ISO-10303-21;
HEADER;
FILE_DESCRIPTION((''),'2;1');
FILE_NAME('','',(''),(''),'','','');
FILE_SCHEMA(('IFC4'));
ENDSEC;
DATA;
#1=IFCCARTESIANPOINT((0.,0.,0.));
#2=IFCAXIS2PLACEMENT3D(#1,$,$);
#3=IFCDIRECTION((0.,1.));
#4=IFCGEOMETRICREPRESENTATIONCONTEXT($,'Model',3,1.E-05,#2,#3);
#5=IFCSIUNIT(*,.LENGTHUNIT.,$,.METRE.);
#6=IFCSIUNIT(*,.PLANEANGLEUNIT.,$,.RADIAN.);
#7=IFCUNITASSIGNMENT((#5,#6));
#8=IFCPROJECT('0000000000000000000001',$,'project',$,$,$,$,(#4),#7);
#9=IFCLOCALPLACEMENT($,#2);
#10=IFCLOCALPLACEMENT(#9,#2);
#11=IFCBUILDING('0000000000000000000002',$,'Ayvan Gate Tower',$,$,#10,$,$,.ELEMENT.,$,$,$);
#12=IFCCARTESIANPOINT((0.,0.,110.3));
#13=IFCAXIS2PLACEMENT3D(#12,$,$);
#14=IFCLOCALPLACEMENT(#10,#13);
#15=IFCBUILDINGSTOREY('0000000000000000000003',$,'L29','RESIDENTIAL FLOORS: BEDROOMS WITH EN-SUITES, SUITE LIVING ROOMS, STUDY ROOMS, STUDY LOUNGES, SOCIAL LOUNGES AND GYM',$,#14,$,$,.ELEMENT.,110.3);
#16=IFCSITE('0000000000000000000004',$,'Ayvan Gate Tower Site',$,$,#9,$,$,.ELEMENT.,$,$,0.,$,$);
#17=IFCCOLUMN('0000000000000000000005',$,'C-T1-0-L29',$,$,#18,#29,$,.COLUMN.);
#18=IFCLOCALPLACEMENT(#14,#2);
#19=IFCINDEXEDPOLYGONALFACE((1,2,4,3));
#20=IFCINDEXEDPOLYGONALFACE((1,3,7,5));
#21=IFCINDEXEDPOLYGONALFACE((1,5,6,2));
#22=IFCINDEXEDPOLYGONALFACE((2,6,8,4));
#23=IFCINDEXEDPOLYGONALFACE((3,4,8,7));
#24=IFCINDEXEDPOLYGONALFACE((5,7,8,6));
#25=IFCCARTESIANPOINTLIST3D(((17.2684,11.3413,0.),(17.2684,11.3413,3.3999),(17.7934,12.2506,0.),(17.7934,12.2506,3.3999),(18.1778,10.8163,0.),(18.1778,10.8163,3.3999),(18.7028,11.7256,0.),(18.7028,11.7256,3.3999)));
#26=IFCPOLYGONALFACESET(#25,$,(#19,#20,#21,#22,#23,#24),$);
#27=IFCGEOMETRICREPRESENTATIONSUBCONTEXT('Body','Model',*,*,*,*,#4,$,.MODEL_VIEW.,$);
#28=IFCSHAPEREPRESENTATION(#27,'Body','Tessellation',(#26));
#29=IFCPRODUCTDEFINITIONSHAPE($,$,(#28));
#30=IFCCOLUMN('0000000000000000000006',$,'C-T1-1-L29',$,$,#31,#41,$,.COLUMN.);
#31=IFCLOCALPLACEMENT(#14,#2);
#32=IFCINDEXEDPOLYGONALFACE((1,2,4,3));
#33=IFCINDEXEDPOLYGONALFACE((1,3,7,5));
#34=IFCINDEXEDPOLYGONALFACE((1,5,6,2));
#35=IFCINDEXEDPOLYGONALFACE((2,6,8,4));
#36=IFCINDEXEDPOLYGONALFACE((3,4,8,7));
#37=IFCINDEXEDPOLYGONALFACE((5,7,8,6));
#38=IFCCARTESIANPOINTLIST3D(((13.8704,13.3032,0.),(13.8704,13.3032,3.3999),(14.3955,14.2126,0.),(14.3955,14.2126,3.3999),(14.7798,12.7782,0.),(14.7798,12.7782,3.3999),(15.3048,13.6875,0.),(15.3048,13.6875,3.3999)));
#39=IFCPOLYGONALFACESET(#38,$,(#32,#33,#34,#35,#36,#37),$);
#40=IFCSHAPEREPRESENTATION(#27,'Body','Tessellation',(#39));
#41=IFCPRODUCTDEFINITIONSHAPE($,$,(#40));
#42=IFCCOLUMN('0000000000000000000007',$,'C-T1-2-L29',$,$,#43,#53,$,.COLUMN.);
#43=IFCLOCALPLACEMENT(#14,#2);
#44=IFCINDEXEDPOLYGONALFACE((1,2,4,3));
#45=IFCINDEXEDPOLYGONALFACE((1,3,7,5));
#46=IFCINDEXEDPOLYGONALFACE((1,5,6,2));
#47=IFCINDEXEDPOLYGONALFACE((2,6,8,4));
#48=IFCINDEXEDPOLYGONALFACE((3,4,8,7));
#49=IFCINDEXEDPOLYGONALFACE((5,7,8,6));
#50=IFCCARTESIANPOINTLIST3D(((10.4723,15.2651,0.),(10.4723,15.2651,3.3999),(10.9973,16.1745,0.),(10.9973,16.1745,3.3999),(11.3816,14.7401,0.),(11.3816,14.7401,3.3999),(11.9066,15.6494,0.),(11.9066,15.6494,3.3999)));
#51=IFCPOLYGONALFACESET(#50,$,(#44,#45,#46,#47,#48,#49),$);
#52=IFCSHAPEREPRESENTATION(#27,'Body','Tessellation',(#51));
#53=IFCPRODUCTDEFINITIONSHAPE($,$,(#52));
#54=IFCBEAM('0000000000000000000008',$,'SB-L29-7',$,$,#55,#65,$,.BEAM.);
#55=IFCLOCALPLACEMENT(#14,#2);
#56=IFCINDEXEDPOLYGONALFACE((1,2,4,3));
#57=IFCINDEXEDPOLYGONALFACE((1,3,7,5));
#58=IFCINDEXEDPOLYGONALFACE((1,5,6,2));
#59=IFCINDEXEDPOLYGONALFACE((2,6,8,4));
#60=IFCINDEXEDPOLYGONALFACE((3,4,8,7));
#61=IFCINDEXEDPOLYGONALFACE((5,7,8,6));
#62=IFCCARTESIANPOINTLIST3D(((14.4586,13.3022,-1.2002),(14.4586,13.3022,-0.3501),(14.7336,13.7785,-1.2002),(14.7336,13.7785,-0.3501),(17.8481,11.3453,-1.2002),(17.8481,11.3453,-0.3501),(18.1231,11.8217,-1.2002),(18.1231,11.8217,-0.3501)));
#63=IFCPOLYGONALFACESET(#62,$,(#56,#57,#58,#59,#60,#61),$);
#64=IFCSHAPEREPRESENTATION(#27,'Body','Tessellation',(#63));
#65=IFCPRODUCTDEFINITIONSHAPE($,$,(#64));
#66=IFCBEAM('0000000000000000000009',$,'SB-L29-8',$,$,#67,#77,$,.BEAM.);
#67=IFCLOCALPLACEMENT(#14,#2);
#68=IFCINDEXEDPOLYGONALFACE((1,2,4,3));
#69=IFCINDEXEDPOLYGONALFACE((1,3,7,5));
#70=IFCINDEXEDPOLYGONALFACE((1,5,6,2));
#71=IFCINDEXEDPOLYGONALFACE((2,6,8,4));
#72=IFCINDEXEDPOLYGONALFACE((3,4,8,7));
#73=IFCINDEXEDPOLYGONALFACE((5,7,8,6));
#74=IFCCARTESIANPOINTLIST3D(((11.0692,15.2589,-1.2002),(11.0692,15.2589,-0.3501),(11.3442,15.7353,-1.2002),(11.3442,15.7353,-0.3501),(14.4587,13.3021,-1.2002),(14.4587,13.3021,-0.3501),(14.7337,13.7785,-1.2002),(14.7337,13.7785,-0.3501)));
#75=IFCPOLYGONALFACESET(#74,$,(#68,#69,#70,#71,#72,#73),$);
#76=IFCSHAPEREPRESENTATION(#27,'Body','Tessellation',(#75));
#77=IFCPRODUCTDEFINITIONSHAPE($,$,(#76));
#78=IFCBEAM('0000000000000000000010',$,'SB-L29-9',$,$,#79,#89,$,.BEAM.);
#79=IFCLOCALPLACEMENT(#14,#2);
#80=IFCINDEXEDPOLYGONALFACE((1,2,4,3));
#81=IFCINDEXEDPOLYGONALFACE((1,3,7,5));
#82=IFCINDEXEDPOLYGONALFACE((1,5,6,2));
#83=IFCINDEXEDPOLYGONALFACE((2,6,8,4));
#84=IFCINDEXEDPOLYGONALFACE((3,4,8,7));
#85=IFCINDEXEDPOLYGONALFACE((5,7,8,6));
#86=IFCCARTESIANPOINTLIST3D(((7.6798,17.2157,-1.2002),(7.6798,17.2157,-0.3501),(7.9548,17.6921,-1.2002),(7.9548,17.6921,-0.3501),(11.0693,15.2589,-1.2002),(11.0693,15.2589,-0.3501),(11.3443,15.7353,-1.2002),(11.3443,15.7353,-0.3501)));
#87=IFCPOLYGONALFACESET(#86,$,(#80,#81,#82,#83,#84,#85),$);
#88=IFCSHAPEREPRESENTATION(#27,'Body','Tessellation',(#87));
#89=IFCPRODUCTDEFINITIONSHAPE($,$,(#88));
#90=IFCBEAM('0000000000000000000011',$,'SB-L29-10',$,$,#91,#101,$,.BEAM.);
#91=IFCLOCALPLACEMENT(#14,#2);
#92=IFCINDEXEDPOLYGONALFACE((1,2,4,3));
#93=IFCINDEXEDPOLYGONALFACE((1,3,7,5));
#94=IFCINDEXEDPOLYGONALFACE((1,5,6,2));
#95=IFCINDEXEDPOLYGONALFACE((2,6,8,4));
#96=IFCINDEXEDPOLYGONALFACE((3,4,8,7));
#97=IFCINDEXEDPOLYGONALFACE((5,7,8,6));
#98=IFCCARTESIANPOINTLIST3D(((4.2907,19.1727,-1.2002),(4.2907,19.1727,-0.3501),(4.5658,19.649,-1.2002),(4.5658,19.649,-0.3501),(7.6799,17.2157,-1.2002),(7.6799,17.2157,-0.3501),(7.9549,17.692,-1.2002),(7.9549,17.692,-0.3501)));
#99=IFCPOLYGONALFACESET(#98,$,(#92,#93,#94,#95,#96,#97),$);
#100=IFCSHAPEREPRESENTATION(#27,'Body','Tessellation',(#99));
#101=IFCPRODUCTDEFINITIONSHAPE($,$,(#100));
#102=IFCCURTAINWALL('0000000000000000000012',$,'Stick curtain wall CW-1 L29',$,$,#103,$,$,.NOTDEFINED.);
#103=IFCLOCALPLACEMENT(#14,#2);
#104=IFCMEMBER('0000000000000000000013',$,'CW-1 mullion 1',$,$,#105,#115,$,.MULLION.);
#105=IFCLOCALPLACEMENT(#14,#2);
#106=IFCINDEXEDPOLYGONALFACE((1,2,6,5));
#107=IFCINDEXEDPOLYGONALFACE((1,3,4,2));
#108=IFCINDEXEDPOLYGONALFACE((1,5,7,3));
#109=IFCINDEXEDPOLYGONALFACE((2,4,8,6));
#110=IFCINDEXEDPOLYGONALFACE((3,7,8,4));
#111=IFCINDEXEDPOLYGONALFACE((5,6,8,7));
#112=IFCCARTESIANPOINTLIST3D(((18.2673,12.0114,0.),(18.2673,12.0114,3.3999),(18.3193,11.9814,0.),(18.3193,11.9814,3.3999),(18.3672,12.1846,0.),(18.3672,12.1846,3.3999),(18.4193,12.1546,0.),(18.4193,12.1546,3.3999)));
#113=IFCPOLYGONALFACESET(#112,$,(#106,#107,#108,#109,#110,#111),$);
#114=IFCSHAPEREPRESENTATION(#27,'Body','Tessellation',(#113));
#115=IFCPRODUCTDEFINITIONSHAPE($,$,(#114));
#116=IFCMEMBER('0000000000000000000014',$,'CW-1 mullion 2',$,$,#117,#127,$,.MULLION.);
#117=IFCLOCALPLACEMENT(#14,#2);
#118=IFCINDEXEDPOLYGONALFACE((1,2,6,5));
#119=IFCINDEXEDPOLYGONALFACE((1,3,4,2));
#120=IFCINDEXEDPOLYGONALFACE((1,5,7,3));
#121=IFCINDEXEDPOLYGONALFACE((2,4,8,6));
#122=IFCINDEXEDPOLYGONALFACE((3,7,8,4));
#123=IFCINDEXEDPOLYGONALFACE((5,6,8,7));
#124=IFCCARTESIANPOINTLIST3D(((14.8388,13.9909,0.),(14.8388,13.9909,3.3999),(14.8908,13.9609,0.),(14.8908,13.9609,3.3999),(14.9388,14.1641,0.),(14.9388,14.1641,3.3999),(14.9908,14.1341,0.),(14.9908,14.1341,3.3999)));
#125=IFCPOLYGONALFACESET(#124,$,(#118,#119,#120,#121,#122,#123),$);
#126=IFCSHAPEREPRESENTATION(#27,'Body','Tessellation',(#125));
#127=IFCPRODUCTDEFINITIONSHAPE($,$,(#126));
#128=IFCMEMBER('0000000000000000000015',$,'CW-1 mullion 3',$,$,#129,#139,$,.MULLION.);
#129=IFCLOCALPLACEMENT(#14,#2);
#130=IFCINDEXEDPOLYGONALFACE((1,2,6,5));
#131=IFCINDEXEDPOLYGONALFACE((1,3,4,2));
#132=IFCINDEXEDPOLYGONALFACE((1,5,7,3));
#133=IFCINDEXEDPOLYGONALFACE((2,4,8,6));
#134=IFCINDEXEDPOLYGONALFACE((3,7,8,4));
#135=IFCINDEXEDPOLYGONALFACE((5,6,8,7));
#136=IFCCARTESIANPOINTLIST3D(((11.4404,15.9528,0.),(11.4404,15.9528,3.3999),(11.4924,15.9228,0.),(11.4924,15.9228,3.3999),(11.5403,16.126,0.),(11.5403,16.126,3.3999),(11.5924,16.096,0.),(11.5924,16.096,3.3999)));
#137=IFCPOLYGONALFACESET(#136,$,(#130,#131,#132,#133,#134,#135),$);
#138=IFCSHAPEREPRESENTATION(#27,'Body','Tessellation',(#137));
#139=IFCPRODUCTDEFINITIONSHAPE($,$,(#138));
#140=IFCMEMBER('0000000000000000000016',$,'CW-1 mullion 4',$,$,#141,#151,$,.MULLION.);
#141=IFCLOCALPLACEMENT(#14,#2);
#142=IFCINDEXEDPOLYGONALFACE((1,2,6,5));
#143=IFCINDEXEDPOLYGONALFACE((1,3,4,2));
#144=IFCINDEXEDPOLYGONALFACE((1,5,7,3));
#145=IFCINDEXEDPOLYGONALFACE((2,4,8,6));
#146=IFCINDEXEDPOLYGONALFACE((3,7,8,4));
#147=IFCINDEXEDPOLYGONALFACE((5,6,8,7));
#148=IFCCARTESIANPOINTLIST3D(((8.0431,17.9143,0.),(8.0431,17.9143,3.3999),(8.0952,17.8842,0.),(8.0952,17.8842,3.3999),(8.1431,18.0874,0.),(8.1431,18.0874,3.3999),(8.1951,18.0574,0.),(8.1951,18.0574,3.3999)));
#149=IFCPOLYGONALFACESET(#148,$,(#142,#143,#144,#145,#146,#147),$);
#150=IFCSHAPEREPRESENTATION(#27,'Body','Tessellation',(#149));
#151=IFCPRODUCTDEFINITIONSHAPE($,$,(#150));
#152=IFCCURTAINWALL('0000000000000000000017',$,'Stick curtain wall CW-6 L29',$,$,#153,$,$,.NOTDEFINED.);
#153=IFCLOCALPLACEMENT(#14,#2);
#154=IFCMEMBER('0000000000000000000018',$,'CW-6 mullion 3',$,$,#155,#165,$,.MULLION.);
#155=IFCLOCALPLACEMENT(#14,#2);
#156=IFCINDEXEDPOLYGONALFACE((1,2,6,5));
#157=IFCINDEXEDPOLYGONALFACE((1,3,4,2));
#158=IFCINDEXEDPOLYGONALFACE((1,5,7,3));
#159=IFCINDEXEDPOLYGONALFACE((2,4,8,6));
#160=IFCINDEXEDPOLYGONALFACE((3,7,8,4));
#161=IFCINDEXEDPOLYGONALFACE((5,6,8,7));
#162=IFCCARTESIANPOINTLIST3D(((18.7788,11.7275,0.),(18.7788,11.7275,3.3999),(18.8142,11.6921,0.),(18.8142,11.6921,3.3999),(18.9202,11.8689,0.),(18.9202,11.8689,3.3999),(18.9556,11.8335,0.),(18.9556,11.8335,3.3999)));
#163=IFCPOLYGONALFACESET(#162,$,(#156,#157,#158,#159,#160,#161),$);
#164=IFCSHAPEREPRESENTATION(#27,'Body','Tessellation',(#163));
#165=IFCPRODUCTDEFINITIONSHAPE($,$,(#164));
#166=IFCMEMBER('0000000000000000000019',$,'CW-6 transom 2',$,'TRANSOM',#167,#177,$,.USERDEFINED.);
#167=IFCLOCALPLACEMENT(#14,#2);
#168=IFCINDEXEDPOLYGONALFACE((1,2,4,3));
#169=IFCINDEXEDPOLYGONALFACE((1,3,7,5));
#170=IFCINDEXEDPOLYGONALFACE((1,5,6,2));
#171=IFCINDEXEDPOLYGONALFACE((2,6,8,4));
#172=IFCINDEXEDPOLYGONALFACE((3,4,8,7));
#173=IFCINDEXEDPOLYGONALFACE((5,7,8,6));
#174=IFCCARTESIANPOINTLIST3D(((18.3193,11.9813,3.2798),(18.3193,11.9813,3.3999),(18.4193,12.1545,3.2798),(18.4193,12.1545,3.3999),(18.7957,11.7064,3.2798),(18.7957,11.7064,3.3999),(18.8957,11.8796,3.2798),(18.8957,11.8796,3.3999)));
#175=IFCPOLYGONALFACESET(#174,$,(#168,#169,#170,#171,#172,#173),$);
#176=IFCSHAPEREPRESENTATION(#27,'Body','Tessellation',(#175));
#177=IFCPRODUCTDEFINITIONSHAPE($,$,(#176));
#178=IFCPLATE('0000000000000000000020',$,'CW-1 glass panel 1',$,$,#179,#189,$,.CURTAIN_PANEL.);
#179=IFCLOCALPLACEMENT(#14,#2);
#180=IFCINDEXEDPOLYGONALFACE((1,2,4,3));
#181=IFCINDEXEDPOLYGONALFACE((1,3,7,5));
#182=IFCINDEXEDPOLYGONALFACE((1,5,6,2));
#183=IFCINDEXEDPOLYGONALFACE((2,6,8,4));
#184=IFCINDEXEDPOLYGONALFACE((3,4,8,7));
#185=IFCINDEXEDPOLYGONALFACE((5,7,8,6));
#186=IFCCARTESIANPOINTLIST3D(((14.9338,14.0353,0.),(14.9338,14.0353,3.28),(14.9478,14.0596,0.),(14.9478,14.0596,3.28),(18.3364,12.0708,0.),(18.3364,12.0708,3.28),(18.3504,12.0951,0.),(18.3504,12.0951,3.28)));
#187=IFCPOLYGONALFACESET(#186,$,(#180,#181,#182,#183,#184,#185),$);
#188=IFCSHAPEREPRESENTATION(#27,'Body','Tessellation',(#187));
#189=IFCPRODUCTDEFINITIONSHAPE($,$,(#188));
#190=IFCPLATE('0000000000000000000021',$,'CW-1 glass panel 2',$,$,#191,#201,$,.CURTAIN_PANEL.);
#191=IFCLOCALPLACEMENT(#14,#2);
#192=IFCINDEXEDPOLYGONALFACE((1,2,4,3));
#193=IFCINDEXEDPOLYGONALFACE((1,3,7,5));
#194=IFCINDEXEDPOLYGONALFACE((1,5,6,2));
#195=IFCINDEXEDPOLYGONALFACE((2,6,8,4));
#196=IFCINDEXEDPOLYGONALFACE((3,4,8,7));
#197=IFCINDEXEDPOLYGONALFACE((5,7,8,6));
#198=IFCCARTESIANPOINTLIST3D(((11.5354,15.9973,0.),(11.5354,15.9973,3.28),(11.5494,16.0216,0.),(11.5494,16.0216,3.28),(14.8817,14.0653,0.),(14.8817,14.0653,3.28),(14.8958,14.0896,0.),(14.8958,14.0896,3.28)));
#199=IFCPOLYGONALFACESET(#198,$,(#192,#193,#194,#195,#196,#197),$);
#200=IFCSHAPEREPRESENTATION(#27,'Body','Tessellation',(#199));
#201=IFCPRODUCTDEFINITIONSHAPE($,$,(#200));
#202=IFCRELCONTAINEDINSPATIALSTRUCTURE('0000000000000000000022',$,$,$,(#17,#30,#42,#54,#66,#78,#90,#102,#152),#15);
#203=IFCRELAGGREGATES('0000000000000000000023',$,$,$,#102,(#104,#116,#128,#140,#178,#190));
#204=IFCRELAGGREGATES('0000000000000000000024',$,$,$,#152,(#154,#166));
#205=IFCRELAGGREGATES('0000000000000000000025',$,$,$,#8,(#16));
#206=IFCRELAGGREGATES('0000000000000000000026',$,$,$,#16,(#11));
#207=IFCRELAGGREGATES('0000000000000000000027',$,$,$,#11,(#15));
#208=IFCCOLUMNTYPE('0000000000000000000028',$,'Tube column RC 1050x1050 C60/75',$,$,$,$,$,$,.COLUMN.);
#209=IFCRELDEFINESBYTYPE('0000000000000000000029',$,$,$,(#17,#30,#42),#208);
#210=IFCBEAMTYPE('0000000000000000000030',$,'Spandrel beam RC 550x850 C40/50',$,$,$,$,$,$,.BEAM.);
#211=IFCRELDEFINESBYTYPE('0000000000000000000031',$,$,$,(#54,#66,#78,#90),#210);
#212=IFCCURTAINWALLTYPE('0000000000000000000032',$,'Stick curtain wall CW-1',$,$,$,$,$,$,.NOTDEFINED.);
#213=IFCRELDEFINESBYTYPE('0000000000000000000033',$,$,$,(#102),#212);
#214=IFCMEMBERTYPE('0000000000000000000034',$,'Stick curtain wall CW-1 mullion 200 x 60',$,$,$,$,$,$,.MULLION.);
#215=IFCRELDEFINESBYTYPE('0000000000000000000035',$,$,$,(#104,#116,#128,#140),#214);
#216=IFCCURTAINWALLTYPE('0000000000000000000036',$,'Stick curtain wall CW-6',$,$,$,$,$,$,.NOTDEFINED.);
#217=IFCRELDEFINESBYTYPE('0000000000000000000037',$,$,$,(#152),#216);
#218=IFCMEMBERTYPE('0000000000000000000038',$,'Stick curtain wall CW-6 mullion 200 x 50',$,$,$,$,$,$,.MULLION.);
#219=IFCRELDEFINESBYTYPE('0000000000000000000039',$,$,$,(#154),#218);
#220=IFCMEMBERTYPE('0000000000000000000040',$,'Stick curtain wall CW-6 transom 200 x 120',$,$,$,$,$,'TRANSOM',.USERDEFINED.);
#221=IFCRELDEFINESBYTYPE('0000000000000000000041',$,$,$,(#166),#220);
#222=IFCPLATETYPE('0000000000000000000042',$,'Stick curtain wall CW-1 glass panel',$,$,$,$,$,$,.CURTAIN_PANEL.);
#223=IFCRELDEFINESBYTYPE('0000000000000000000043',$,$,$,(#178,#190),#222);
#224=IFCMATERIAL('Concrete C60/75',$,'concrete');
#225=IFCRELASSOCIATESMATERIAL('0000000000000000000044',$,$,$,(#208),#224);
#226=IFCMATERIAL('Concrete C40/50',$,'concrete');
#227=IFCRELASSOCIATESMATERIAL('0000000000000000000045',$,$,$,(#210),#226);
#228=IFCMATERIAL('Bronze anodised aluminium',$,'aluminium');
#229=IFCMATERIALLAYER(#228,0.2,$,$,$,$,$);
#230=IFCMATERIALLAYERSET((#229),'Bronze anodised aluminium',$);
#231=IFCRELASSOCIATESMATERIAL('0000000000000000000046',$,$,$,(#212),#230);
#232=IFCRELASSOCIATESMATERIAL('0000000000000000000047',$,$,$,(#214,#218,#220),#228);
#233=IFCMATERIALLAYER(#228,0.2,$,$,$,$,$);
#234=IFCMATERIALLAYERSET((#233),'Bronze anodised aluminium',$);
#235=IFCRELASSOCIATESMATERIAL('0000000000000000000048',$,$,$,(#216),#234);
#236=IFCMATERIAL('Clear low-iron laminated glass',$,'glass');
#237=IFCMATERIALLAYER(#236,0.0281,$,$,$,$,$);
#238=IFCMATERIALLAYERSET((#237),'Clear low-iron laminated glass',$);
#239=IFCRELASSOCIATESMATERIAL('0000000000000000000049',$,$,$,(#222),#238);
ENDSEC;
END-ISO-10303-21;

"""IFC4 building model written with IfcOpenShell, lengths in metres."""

from ifc_helpers import new_model, si_unit, direction, frame, origin, origin_2d, place, context, subcontext, project, spatial, rectangle, extrude, material, layer, layer_set, material_profile, profile_set, type_object, element, aggregate, save


model = new_model("IFC4")

# Units and contexts
model_context = context("Model", 3, precision=1e-05, world=origin(), true_north=direction((0.0, 1.0)))
body_context = subcontext(model_context, "Body", "Model", "MODEL_VIEW")
ifc_project = project(units=[si_unit("LENGTHUNIT", "METRE"), si_unit("PLANEANGLEUNIT", "RADIAN")], contexts=[model_context])

# Site, building, storey
site_placement = place(None, origin())
site = spatial("IfcSite", under=ifc_project, at=site_placement, Name="Ayvan Gate Tower Site", CompositionType="ELEMENT", RefElevation=0.0)
building_placement = place(site_placement, origin())
building = spatial("IfcBuilding", under=site, at=building_placement, Name="Ayvan Gate Tower", CompositionType="ELEMENT")
storey_placement = place(building_placement, frame((0.0, 0.0, 110.3)))
storey = spatial("IfcBuildingStorey", under=building, at=storey_placement, Name="L29", Description="RESIDENTIAL FLOORS: BEDROOMS WITH EN-SUITES, SUITE LIVING ROOMS, STUDY ROOMS, STUDY LOUNGES, SOCIAL LOUNGES AND GYM", CompositionType="ELEMENT", Elevation=110.3)

# Columns
ifc_material_1 = material(Name="Concrete C60/75", Category="concrete")
ifc_material_profile_1 = material_profile(ifc_material_1, rectangle(XDim=1.05, YDim=1.05, at=origin_2d()), Name="RC 1050x1050")
ifc_profile_set_1 = profile_set([ifc_material_profile_1], Name="Concrete C60/75")
column_type = type_object("IfcColumnType", Name="Tube column RC 1050x1050 C60/75", PredefinedType="COLUMN", material=ifc_profile_set_1)
for number, where, z_axis, x_axis, name in (
    (1, (17.9856, 11.5334, 0.0), (0.0, 0.0, 1.0), (0.5, 0.866025, 0.0), "C-T1-0-L29"),
    (2, (14.5876, 13.4954, 0.0), (0.0, 0.0, 1.0), (0.5, 0.866025, 0.0), "C-T1-1-L29"),
    (3, (11.1895, 15.4573, 0.0), (0.0, 0.0, 1.0), (0.5, 0.866025, 0.0), "C-T1-2-L29"),
):
    element("IfcColumn", number, at=place(storey_placement, frame(where, z_axis=z_axis, x_axis=x_axis)), inside=storey, type_object=column_type, Name=name, PredefinedType="COLUMN", context=body_context, shape_type="SweptSolid", body=[
        extrude(rectangle(XDim=1.05, YDim=1.05, at=origin_2d()), origin(), (0.0, 0.0, 1.0), 3.3999),
    ])

# Beams
ifc_material_2 = material(Name="Concrete C40/50", Category="concrete")
ifc_material_profile_2 = material_profile(ifc_material_2, rectangle(XDim=0.55, YDim=0.8501, at=origin_2d()), Name="RC 550x850")
ifc_profile_set_2 = profile_set([ifc_material_profile_2], Name="Concrete C40/50")
beam_type = type_object("IfcBeamType", Name="Spandrel beam RC 550x850 C40/50", PredefinedType="BEAM", material=ifc_profile_set_2)
for number, where, z_axis, x_axis, name in (
    (4, (17.9856, 11.5835, -0.7751), (-0.866035, 0.499983, 0.0), (-0.499983, -0.866035, 0.0), "SB-L29-7"),
    (5, (14.5962, 13.5403, -0.7751), (-0.866035, 0.499983, 0.0), (-0.499983, -0.866035, 0.0), "SB-L29-8"),
    (6, (11.2068, 15.4971, -0.7751), (-0.866035, 0.499983, 0.0), (-0.499983, -0.866035, 0.0), "SB-L29-9"),
):
    element("IfcBeam", number, at=place(storey_placement, frame(where, z_axis=z_axis, x_axis=x_axis)), inside=storey, type_object=beam_type, Name=name, PredefinedType="BEAM", context=body_context, shape_type="SweptSolid", body=[
        extrude(rectangle(XDim=0.55, YDim=0.8501, at=origin_2d()), origin(), (0.0, 0.0, 1.0), 3.9138),
    ])
beam_placement = place(storey_placement, frame((7.8174, 17.4539, -0.7751), z_axis=(-0.865992, 0.500057, 0.0), x_axis=(-0.500057, -0.865992, 0.0)))
element("IfcBeam", 7, at=beam_placement, inside=storey, type_object=beam_type, Name="SB-L29-10", PredefinedType="BEAM", context=body_context, shape_type="SweptSolid", body=[
    extrude(rectangle(XDim=0.55, YDim=0.8501, at=origin_2d()), origin(), (0.0, 0.0, 1.0), 3.9136),
])

# Curtain walls, members
ifc_material_3 = material(Name="Bronze anodised aluminium", Category="aluminium")
ifc_layer_1 = layer(ifc_material_3, 0.2)
ifc_layer_set_1 = layer_set([ifc_layer_1], Name="Bronze anodised aluminium")
curtain_wall_type_1 = type_object("IfcCurtainWallType", Name="Stick curtain wall CW-1", PredefinedType="NOTDEFINED", material=ifc_layer_set_1)
curtain_wall_1_placement = place(storey_placement, origin())
curtain_wall_1 = element("IfcCurtainWall", 8, at=curtain_wall_1_placement, inside=storey, type_object=curtain_wall_type_1, Name="Stick curtain wall CW-1 L29", PredefinedType="NOTDEFINED")
ifc_material_profile_3 = material_profile(ifc_material_3, rectangle(XDim=0.2, YDim=0.0601, at=origin_2d()), Name="Stick curtain wall CW-1 mullion 200 x 60")
ifc_profile_set_3 = profile_set([ifc_material_profile_3], Name="Bronze anodised aluminium")
member_type_1 = type_object("IfcMemberType", Name="Stick curtain wall CW-1 mullion 200 x 60", PredefinedType="MULLION", material=ifc_profile_set_3)
member_1_placement = place(storey_placement, frame((18.3433, 12.083, 0.0), z_axis=(0.0, 0.0, 1.0), x_axis=(0.5, 0.866025, 0.0)))
member_1 = element("IfcMember", 9, at=member_1_placement, type_object=member_type_1, Name="CW-1 mullion 1", PredefinedType="MULLION", context=body_context, shape_type="SweptSolid", body=[
    extrude(rectangle(XDim=0.2, YDim=0.0601, at=origin_2d()), origin(), (0.0, 0.0, 1.0), 3.3999),
])
member_2_placement = place(storey_placement, frame((14.9148, 14.0625, 0.0), z_axis=(0.0, 0.0, 1.0), x_axis=(0.5, 0.866025, 0.0)))
member_2 = element("IfcMember", 10, at=member_2_placement, type_object=member_type_1, Name="CW-1 mullion 2", PredefinedType="MULLION", context=body_context, shape_type="SweptSolid", body=[
    extrude(rectangle(XDim=0.2, YDim=0.0601, at=origin_2d()), origin(), (0.0, 0.0, 1.0), 3.3999),
])
member_3_placement = place(storey_placement, frame((11.5164, 16.0244, 0.0), z_axis=(0.0, 0.0, 1.0), x_axis=(0.5, 0.866025, 0.0)))
member_3 = element("IfcMember", 11, at=member_3_placement, type_object=member_type_1, Name="CW-1 mullion 3", PredefinedType="MULLION", context=body_context, shape_type="SweptSolid", body=[
    extrude(rectangle(XDim=0.2, YDim=0.0601, at=origin_2d()), origin(), (0.0, 0.0, 1.0), 3.3999),
])
member_4_placement = place(storey_placement, frame((8.1191, 17.9858, 0.0), z_axis=(0.0, 0.0, 1.0), x_axis=(0.5, 0.866025, 0.0)))
member_4 = element("IfcMember", 12, at=member_4_placement, type_object=member_type_1, Name="CW-1 mullion 4", PredefinedType="MULLION", context=body_context, shape_type="SweptSolid", body=[
    extrude(rectangle(XDim=0.2, YDim=0.0601, at=origin_2d()), origin(), (0.0, 0.0, 1.0), 3.3999),
])
ifc_layer_2 = layer(ifc_material_3, 0.2)
ifc_layer_set_2 = layer_set([ifc_layer_2], Name="Bronze anodised aluminium")
curtain_wall_type_2 = type_object("IfcCurtainWallType", Name="Stick curtain wall CW-6", PredefinedType="NOTDEFINED", material=ifc_layer_set_2)
curtain_wall_2_placement = place(storey_placement, origin())
curtain_wall_2 = element("IfcCurtainWall", 13, at=curtain_wall_2_placement, inside=storey, type_object=curtain_wall_type_2, Name="Stick curtain wall CW-6 L29", PredefinedType="NOTDEFINED")
ifc_material_profile_4 = material_profile(ifc_material_3, rectangle(XDim=0.2, YDim=0.05, at=origin_2d()), Name="Stick curtain wall CW-6 mullion 200 x 50")
ifc_profile_set_4 = profile_set([ifc_material_profile_4], Name="Bronze anodised aluminium")
member_type_2 = type_object("IfcMemberType", Name="Stick curtain wall CW-6 mullion 200 x 50", PredefinedType="MULLION", material=ifc_profile_set_4)
member_5_placement = place(storey_placement, frame((18.8672, 11.7805, 0.0), z_axis=(0.0, 0.0, 1.0), x_axis=(0.707107, 0.707107, 0.0)))
member_5 = element("IfcMember", 14, at=member_5_placement, type_object=member_type_2, Name="CW-6 mullion 3", PredefinedType="MULLION", context=body_context, shape_type="SweptSolid", body=[
    extrude(rectangle(XDim=0.2, YDim=0.05, at=origin_2d()), origin(), (0.0, 0.0, 1.0), 3.3999),
])
ifc_material_profile_5 = material_profile(ifc_material_3, rectangle(XDim=0.2, YDim=0.1201, at=origin_2d()), Name="Stick curtain wall CW-6 transom 200 x 120")
ifc_profile_set_5 = profile_set([ifc_material_profile_5], Name="Bronze anodised aluminium")
member_type_3 = type_object("IfcMemberType", Name="Stick curtain wall CW-6 transom 200 x 120", ElementType="TRANSOM", PredefinedType="USERDEFINED", material=ifc_profile_set_5)
member_6_placement = place(storey_placement, frame((18.8457, 11.793, 3.3398), z_axis=(-0.866104, 0.499863, 0.0), x_axis=(-0.499863, -0.866104, 0.0)))
member_6 = element("IfcMember", 15, at=member_6_placement, type_object=member_type_3, Name="CW-6 transom 2", ObjectType="TRANSOM", PredefinedType="USERDEFINED", context=body_context, shape_type="SweptSolid", body=[
    extrude(rectangle(XDim=0.2, YDim=0.1201, at=origin_2d()), origin(), (0.0, 0.0, 1.0), 0.55),
])

# Plates
ifc_material_4 = material(Name="Clear low-iron laminated glass", Category="glass")
ifc_layer_3 = layer(ifc_material_4, 0.0281)
ifc_layer_set_3 = layer_set([ifc_layer_3], Name="Clear low-iron laminated glass")
plate_type_1 = type_object("IfcPlateType", Name="Stick curtain wall CW-1 glass panel", PredefinedType="CURTAIN_PANEL", material=ifc_layer_set_3)
plate_1_placement = place(storey_placement, frame((16.6421, 13.0652, 0.0), z_axis=(0.0, 0.0, 1.0), x_axis=(-0.866025, 0.5, 0.0)))
plate_1 = element("IfcPlate", 16, at=plate_1_placement, type_object=plate_type_1, Name="CW-1 glass panel 1", PredefinedType="CURTAIN_PANEL", context=body_context, shape_type="SweptSolid", body=[
    extrude(rectangle(XDim=3.929, YDim=0.0281, at=origin_2d()), origin(), (0.0, 0.0, 1.0), 3.28),
])
plate_2_placement = place(storey_placement, frame((13.2156, 15.0435, 0.0), z_axis=(0.0, 0.0, 1.0), x_axis=(-0.866025, 0.5, 0.0)))
plate_2 = element("IfcPlate", 17, at=plate_2_placement, type_object=plate_type_1, Name="CW-1 glass panel 2", PredefinedType="CURTAIN_PANEL", context=body_context, shape_type="SweptSolid", body=[
    extrude(rectangle(XDim=3.864, YDim=0.0281, at=origin_2d()), origin(), (0.0, 0.0, 1.0), 3.28),
])
aggregate(curtain_wall_1, [member_1, member_2, member_3, member_4, plate_1, plate_2])
aggregate(curtain_wall_2, [member_5, member_6])

save(model, "model.ifc")
